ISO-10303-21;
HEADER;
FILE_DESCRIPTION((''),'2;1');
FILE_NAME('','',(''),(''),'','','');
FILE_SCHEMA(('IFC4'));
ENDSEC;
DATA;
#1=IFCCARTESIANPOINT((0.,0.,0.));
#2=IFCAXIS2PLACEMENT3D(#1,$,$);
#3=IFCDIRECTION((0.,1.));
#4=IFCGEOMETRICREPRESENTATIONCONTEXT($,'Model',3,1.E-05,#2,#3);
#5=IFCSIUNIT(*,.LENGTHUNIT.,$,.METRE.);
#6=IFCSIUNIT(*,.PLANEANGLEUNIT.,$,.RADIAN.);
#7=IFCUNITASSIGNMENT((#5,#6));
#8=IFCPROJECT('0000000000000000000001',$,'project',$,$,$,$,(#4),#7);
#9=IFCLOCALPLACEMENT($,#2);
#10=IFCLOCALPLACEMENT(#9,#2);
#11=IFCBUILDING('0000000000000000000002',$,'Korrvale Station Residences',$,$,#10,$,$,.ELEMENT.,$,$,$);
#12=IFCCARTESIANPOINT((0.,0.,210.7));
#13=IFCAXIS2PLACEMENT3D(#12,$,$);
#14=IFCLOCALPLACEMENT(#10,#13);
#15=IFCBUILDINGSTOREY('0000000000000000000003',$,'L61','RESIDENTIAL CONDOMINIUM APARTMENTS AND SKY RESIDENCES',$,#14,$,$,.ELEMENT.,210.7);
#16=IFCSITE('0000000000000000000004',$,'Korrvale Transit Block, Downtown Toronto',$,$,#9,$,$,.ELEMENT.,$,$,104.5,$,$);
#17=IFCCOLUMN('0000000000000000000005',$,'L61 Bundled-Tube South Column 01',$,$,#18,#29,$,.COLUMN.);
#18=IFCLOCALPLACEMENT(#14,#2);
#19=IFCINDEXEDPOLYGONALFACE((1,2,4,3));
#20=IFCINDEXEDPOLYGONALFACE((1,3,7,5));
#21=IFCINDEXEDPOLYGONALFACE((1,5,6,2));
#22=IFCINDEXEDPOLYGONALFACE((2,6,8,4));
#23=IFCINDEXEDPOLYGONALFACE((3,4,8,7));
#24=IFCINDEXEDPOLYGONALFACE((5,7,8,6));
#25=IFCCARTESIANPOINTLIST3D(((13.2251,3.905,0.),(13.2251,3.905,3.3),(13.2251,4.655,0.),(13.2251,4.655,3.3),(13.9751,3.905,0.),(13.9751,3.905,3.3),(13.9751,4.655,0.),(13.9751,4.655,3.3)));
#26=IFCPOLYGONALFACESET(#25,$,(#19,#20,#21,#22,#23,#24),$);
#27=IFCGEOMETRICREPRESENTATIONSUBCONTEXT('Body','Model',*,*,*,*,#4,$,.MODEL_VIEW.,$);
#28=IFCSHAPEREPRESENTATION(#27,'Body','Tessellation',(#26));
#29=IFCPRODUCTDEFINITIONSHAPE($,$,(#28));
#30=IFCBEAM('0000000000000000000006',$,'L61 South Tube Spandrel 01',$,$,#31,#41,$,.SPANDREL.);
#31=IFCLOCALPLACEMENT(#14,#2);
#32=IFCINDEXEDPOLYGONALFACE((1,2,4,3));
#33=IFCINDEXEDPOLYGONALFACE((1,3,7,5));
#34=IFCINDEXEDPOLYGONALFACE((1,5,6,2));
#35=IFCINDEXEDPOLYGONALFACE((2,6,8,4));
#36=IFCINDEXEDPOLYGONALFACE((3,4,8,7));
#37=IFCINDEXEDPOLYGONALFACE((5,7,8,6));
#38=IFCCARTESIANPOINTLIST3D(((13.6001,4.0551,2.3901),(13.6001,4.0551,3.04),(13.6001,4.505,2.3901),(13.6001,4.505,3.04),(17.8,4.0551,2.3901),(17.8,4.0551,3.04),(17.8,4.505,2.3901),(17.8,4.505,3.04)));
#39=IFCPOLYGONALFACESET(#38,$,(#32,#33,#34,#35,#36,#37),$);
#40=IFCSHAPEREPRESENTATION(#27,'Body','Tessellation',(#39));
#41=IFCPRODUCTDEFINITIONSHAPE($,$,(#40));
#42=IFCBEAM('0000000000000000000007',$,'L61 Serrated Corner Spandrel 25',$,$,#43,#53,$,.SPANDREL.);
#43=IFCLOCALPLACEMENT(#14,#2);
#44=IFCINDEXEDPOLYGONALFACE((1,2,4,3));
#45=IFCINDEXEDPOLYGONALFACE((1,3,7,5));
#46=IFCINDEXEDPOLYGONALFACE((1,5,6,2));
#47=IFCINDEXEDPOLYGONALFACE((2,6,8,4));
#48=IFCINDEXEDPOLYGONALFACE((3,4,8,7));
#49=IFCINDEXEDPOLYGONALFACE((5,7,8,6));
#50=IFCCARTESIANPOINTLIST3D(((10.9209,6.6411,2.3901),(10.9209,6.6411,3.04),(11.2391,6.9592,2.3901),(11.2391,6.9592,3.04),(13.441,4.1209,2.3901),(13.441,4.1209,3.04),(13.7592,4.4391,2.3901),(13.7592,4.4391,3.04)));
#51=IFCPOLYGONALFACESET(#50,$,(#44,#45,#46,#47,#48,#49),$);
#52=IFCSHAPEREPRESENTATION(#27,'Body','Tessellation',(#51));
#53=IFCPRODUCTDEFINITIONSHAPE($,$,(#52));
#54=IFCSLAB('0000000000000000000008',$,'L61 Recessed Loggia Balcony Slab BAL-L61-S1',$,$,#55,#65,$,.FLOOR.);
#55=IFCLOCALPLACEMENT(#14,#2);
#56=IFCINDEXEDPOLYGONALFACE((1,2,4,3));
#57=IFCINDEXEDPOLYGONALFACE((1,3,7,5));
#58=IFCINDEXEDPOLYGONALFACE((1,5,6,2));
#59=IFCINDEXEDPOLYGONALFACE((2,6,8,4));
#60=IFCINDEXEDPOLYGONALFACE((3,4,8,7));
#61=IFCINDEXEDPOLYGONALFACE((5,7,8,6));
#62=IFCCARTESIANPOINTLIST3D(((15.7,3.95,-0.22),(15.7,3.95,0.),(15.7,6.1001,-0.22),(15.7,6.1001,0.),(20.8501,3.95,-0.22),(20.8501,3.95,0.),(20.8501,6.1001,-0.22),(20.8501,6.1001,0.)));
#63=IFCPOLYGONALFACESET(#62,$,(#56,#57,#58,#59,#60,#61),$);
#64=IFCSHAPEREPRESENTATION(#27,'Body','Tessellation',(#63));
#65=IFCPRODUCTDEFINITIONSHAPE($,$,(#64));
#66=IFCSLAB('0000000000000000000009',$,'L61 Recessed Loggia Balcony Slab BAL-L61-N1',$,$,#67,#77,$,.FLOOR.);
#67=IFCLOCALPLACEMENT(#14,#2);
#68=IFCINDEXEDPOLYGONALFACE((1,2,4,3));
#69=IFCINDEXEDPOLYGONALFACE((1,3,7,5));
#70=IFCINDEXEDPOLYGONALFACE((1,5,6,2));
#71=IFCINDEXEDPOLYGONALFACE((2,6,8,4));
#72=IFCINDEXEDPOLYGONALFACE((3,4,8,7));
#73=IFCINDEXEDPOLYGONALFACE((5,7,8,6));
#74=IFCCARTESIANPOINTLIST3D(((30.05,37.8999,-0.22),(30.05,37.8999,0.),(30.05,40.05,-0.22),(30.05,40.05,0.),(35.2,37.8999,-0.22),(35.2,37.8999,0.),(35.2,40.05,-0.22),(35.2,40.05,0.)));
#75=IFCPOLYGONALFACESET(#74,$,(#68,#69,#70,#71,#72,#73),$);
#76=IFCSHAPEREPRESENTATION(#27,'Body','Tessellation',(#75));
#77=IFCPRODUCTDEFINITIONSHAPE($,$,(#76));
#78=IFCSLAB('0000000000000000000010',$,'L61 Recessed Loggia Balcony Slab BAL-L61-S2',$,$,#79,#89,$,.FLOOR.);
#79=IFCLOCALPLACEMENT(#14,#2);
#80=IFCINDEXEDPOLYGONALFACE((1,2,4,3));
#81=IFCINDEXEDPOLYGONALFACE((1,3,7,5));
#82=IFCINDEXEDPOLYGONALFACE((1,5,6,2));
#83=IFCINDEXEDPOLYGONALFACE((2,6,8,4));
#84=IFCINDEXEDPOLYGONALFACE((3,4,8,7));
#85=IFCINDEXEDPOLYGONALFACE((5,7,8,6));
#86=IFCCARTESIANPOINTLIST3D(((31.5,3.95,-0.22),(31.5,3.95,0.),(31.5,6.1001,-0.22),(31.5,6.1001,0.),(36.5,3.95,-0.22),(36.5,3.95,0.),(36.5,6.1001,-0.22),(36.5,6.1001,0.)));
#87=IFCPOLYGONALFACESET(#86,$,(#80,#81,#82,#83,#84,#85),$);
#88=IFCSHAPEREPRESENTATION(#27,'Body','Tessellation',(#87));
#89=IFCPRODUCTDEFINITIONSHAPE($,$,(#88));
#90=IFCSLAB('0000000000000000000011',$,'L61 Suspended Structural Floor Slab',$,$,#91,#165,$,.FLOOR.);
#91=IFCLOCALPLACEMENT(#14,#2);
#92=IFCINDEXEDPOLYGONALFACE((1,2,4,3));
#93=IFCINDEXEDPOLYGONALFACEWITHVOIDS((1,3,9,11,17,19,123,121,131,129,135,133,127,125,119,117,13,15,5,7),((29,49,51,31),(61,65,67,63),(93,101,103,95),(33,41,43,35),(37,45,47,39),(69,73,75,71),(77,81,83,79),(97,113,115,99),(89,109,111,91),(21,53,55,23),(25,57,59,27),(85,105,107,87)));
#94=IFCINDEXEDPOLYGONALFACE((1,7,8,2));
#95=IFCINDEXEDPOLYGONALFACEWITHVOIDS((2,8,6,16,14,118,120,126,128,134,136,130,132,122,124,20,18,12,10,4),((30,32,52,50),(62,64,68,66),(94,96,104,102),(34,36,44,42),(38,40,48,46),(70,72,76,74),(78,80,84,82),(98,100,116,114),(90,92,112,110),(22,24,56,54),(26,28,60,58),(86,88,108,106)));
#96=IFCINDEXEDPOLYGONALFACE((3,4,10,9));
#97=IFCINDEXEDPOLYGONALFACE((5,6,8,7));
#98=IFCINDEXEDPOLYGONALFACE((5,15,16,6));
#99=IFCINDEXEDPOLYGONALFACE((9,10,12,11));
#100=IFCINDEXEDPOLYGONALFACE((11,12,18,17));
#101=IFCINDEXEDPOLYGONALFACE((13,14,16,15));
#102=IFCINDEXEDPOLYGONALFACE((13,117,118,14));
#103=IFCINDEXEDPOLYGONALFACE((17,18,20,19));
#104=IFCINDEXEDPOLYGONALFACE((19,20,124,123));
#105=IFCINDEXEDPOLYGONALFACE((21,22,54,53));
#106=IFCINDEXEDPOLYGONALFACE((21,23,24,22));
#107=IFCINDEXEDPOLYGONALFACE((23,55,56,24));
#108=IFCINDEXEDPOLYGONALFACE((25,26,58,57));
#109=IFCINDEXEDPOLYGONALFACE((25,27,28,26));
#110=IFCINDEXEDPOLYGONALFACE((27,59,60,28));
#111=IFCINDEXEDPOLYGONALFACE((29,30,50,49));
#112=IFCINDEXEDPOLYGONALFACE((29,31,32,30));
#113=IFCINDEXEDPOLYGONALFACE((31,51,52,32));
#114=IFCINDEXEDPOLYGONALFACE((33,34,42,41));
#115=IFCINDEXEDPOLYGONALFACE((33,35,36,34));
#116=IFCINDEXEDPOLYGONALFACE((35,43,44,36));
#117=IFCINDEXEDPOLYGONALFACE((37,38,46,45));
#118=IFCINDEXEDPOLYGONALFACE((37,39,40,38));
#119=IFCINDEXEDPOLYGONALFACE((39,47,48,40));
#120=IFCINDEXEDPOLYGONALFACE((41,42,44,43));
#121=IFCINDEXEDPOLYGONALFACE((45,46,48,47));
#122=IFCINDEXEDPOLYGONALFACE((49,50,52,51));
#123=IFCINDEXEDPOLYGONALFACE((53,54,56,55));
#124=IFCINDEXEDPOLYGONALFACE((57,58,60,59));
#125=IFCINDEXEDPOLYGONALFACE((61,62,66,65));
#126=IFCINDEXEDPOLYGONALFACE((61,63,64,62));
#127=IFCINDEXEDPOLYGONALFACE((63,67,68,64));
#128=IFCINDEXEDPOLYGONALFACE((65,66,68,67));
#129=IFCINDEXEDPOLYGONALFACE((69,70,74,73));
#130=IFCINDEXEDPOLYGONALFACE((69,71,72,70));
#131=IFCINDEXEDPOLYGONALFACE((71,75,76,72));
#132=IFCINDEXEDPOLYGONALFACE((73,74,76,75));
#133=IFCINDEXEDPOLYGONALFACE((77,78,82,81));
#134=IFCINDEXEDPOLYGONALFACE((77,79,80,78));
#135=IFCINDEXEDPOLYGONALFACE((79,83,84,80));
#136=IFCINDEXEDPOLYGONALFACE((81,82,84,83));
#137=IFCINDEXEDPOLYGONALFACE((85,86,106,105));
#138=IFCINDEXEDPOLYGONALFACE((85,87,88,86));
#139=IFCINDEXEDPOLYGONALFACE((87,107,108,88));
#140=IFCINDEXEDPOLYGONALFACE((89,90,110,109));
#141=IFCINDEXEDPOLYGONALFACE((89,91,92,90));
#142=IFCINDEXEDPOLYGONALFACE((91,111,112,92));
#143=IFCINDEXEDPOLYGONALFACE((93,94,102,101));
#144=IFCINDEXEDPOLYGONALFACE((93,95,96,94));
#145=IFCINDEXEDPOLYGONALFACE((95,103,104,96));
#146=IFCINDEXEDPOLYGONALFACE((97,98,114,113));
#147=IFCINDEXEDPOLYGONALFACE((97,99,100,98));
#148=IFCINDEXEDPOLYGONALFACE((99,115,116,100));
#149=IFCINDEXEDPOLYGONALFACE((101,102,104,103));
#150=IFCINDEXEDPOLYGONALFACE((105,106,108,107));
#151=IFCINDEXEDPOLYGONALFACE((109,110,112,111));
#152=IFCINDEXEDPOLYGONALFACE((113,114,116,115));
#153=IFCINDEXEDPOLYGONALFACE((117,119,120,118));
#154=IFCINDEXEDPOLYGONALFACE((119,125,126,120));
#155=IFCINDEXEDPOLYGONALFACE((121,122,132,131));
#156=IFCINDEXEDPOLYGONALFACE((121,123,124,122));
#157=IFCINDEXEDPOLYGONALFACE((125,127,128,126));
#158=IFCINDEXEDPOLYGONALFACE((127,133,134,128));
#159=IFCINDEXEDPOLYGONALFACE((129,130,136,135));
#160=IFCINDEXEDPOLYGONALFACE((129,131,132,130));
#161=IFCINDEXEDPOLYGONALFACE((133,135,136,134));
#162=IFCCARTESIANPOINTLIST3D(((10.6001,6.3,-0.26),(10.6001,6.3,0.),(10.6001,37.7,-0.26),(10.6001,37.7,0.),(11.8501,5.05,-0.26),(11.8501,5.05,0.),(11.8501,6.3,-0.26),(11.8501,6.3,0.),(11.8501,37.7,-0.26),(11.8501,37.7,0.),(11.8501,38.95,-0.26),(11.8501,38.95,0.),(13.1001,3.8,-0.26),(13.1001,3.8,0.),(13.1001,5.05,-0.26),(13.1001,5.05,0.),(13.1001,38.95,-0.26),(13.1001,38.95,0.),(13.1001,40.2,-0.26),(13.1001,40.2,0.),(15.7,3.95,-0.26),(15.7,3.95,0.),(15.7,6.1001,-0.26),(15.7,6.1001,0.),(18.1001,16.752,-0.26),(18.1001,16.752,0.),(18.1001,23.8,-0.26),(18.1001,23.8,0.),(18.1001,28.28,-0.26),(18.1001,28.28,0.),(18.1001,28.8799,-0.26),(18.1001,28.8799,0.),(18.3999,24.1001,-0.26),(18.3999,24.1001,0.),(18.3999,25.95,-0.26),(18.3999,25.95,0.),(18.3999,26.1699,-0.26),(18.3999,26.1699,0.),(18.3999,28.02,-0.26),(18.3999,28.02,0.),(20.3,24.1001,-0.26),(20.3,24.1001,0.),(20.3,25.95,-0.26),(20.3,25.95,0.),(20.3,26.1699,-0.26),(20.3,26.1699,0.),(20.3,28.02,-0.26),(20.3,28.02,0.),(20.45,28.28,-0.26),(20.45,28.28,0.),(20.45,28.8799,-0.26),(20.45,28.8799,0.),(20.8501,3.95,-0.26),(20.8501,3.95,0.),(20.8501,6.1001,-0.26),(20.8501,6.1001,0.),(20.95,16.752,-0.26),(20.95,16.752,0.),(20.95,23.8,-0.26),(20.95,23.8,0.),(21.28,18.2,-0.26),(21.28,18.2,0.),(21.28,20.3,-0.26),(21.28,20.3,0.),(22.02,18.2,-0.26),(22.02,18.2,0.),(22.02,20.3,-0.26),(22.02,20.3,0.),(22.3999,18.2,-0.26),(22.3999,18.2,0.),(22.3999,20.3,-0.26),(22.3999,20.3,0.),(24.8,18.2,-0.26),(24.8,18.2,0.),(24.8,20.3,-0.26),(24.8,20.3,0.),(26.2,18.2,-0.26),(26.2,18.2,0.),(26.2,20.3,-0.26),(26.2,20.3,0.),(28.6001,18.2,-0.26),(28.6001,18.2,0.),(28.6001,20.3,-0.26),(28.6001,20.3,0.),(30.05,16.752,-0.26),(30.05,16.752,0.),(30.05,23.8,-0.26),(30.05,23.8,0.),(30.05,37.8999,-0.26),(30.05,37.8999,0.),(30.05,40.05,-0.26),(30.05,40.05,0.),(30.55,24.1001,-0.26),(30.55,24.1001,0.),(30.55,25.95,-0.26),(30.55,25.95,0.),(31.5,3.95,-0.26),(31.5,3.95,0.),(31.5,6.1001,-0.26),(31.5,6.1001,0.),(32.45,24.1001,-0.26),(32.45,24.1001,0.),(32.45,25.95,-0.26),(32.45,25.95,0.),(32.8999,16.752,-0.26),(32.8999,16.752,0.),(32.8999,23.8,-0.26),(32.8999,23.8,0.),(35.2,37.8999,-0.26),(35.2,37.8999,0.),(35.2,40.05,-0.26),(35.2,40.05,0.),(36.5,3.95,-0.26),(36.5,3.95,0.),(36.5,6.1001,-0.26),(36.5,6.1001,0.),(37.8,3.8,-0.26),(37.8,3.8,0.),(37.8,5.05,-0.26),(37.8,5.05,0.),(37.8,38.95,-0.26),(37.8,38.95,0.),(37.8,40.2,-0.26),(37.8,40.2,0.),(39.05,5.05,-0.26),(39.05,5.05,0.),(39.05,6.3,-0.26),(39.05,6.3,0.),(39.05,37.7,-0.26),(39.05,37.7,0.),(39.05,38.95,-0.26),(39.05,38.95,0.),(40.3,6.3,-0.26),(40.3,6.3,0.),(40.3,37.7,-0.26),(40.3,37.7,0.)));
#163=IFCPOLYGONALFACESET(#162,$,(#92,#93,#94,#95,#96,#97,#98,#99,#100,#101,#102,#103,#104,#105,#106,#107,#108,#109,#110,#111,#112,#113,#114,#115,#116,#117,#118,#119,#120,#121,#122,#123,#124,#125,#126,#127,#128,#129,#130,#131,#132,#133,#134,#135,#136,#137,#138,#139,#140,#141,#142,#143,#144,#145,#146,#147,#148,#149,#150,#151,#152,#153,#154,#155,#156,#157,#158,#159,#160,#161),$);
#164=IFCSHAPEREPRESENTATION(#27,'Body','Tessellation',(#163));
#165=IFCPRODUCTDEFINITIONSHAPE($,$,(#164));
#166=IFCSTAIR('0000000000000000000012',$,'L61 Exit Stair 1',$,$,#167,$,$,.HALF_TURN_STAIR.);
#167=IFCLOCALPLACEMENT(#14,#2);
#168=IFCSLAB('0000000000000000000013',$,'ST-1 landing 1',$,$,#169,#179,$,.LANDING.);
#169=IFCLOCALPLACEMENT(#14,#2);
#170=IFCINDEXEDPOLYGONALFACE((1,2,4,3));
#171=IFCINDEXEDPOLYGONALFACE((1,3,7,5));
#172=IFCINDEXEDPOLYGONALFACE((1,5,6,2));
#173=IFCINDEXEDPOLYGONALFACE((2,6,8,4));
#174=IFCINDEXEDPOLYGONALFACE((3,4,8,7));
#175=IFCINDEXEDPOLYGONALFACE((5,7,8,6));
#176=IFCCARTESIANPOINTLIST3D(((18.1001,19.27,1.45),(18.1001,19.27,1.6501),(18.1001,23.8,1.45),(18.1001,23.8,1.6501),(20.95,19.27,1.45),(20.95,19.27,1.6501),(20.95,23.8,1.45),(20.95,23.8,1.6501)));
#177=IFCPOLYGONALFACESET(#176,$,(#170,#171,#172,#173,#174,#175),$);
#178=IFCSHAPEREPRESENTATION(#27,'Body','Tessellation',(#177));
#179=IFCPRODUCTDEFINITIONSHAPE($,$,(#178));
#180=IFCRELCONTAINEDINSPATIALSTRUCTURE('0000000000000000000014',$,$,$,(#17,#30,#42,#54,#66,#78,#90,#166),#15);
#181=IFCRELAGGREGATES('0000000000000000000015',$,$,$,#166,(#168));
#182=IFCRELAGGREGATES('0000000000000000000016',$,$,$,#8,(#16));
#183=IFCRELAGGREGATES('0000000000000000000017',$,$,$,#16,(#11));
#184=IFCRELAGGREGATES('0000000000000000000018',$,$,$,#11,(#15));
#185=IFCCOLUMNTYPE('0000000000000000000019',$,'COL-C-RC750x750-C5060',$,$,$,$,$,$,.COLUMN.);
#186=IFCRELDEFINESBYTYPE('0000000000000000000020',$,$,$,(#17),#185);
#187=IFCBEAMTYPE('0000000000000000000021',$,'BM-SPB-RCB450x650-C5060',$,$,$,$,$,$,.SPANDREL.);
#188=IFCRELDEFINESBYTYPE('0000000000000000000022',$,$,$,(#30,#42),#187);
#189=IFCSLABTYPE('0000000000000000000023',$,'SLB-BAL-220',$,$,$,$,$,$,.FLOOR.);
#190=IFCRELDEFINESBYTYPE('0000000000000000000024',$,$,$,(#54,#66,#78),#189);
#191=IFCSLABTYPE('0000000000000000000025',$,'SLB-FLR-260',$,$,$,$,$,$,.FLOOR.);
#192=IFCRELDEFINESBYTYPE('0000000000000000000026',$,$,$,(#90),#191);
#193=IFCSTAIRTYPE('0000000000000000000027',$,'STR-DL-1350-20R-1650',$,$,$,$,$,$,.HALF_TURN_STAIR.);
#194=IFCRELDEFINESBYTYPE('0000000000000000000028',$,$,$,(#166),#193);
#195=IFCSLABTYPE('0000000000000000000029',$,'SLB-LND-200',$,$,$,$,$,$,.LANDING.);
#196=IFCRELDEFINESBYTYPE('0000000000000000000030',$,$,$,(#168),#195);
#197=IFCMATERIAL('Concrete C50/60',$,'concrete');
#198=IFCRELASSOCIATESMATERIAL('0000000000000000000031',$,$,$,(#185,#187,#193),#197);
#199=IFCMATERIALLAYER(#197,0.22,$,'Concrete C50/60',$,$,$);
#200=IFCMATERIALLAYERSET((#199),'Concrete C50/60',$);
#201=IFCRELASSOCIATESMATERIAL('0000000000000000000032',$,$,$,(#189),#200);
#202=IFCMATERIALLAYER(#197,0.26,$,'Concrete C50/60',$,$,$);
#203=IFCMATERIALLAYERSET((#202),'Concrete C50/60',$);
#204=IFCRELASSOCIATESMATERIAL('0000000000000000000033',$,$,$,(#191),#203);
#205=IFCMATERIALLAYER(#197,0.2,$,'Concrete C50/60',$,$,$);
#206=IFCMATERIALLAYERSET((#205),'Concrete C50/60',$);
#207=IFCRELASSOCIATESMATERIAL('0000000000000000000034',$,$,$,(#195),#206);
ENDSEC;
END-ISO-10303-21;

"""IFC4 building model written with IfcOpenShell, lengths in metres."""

from ifc_helpers import new_model, si_unit, direction, frame, origin, origin_2d, place, context, subcontext, project, spatial, polyline, rectangle, outline, extrude, material, layer, layer_set, material_profile, profile_set, type_object, element, aggregate, save


model = new_model("IFC4")

# Units and contexts
model_context = context("Model", 3, precision=1e-05, world=origin(), true_north=direction((0.0, 1.0)))
body_context = subcontext(model_context, "Body", "Model", "MODEL_VIEW")
ifc_project = project(units=[si_unit("LENGTHUNIT", "METRE"), si_unit("PLANEANGLEUNIT", "RADIAN")], contexts=[model_context])

# Site, building, storey
site_placement = place(None, origin())
site = spatial("IfcSite", under=ifc_project, at=site_placement, Name="Korrvale Transit Block, Downtown Toronto", CompositionType="ELEMENT", RefElevation=104.5)
building_placement = place(site_placement, origin())
building = spatial("IfcBuilding", under=site, at=building_placement, Name="Korrvale Station Residences", CompositionType="ELEMENT")
storey_placement = place(building_placement, frame((0.0, 0.0, 210.7)))
storey = spatial("IfcBuildingStorey", under=building, at=storey_placement, Name="L61", Description="RESIDENTIAL CONDOMINIUM APARTMENTS AND SKY RESIDENCES", CompositionType="ELEMENT", Elevation=210.7)

# Column
ifc_material_1 = material(Name="Concrete C50/60", Category="concrete")
ifc_material_profile_1 = material_profile(ifc_material_1, rectangle(XDim=0.75, YDim=0.75, at=origin_2d()), Name="RC750x750")
ifc_profile_set_1 = profile_set([ifc_material_profile_1], Name="Concrete C50/60")
column_type = type_object("IfcColumnType", Name="COL-C-RC750x750-C5060", PredefinedType="COLUMN", material=ifc_profile_set_1)
column_placement = place(storey_placement, frame((13.6001, 4.28, 0.0), z_axis=(0.0, 0.0, 1.0), x_axis=(1.0, 0.0, 0.0)))
element("IfcColumn", 1, at=column_placement, inside=storey, type_object=column_type, Name="L61 Bundled-Tube South Column 01", PredefinedType="COLUMN", context=body_context, shape_type="SweptSolid", body=[
    extrude(rectangle(XDim=0.75, YDim=0.75, at=origin_2d()), origin(), (0.0, 0.0, 1.0), 3.3),
])

# Beams
ifc_material_profile_2 = material_profile(ifc_material_1, rectangle(XDim=0.45, YDim=0.6499, at=origin_2d()), Name="RCB450x650")
ifc_profile_set_2 = profile_set([ifc_material_profile_2], Name="Concrete C50/60")
beam_type = type_object("IfcBeamType", Name="BM-SPB-RCB450x650-C5060", PredefinedType="SPANDREL", material=ifc_profile_set_2)
beam_1_placement = place(storey_placement, frame((13.6001, 4.28, 2.7151), z_axis=(1.0, 0.0, 0.0), x_axis=(0.0, 1.0, 0.0)))
element("IfcBeam", 2, at=beam_1_placement, inside=storey, type_object=beam_type, Name="L61 South Tube Spandrel 01", PredefinedType="SPANDREL", context=body_context, shape_type="SweptSolid", body=[
    extrude(rectangle(XDim=0.45, YDim=0.6499, at=origin_2d()), origin(), (0.0, 0.0, 1.0), 4.2),
])
beam_2_placement = place(storey_placement, frame((13.6001, 4.28, 2.7151), z_axis=(-0.707107, 0.707107, 0.0), x_axis=(-0.707107, -0.707107, 0.0)))
element("IfcBeam", 3, at=beam_2_placement, inside=storey, type_object=beam_type, Name="L61 Serrated Corner Spandrel 25", PredefinedType="SPANDREL", context=body_context, shape_type="SweptSolid", body=[
    extrude(rectangle(XDim=0.45, YDim=0.6499, at=origin_2d()), origin(), (0.0, 0.0, 1.0), 3.564),
])

# Slabs
ifc_layer_1 = layer(ifc_material_1, 0.22, Name="Concrete C50/60")
ifc_layer_set_1 = layer_set([ifc_layer_1], Name="Concrete C50/60")
slab_type_1 = type_object("IfcSlabType", Name="SLB-BAL-220", PredefinedType="FLOOR", material=ifc_layer_set_1)
slab_1_placement = place(storey_placement, frame((0.0, 0.0, -0.22)))
element("IfcSlab", 4, at=slab_1_placement, inside=storey, type_object=slab_type_1, Name="L61 Recessed Loggia Balcony Slab BAL-L61-S1", PredefinedType="FLOOR", context=body_context, shape_type="SweptSolid", body=[
    extrude(outline(polyline([(15.7, 3.95), (20.8501, 3.95), (20.8501, 6.1001), (15.7, 6.1001), (15.7, 3.95)])), origin(), (0.0, 0.0, 1.0), 0.22),
])
slab_2_placement = place(storey_placement, frame((0.0, 0.0, -0.22)))
element("IfcSlab", 5, at=slab_2_placement, inside=storey, type_object=slab_type_1, Name="L61 Recessed Loggia Balcony Slab BAL-L61-N1", PredefinedType="FLOOR", context=body_context, shape_type="SweptSolid", body=[
    extrude(outline(polyline([(30.05, 37.8999), (35.2, 37.8999), (35.2, 40.05), (30.05, 40.05), (30.05, 37.8999)])), origin(), (0.0, 0.0, 1.0), 0.22),
])
slab_3_placement = place(storey_placement, frame((0.0, 0.0, -0.22)))
element("IfcSlab", 6, at=slab_3_placement, inside=storey, type_object=slab_type_1, Name="L61 Recessed Loggia Balcony Slab BAL-L61-S2", PredefinedType="FLOOR", context=body_context, shape_type="SweptSolid", body=[
    extrude(outline(polyline([(31.5, 3.95), (36.5, 3.95), (36.5, 6.1001), (31.5, 6.1001), (31.5, 3.95)])), origin(), (0.0, 0.0, 1.0), 0.22),
])
ifc_layer_2 = layer(ifc_material_1, 0.26, Name="Concrete C50/60")
ifc_layer_set_2 = layer_set([ifc_layer_2], Name="Concrete C50/60")
slab_type_2 = type_object("IfcSlabType", Name="SLB-FLR-260", PredefinedType="FLOOR", material=ifc_layer_set_2)
slab_4_placement = place(storey_placement, frame((0.0, 0.0, -0.26)))
element("IfcSlab", 7, at=slab_4_placement, inside=storey, type_object=slab_type_2, Name="L61 Suspended Structural Floor Slab", PredefinedType="FLOOR", context=body_context, shape_type="SweptSolid", body=[
    extrude(outline(polyline([(13.1001, 3.8), (37.8, 3.8), (37.8, 5.05), (39.05, 5.05), (39.05, 6.3), (40.3, 6.3), (40.3, 37.7), (39.05, 37.7), (39.05, 38.95), (37.8, 38.95), (37.8, 40.2), (13.1001, 40.2), (13.1001, 38.95), (11.8501, 38.95), (11.8501, 37.7), (10.6001, 37.7), (10.6001, 6.3), (11.8501, 6.3), (11.8501, 5.05), (13.1001, 5.05), (13.1001, 3.8)]), holes=[polyline([(20.95, 16.752), (20.95, 23.8), (18.1001, 23.8), (18.1001, 16.752), (20.95, 16.752)]), polyline([(32.8999, 16.752), (32.8999, 23.8), (30.05, 23.8), (30.05, 16.752), (32.8999, 16.752)]), polyline([(18.3999, 24.1001), (20.3, 24.1001), (20.3, 25.95), (18.3999, 25.95), (18.3999, 24.1001)]), polyline([(18.3999, 26.1699), (20.3, 26.1699), (20.3, 28.02), (18.3999, 28.02), (18.3999, 26.1699)]), polyline([(30.55, 24.1001), (32.45, 24.1001), (32.45, 25.95), (30.55, 25.95), (30.55, 24.1001)]), polyline([(22.3999, 18.2), (24.8, 18.2), (24.8, 20.3), (22.3999, 20.3), (22.3999, 18.2)]), polyline([(26.2, 18.2), (28.6001, 18.2), (28.6001, 20.3), (26.2, 20.3), (26.2, 18.2)]), polyline([(18.1001, 28.28), (20.45, 28.28), (20.45, 28.8799), (18.1001, 28.8799), (18.1001, 28.28)]), polyline([(21.28, 18.2), (22.02, 18.2), (22.02, 20.3), (21.28, 20.3), (21.28, 18.2)]), polyline([(15.7, 3.95), (20.8501, 3.95), (20.8501, 6.1001), (15.7, 6.1001), (15.7, 3.95)]), polyline([(30.05, 37.8999), (35.2, 37.8999), (35.2, 40.05), (30.05, 40.05), (30.05, 37.8999)]), polyline([(31.5, 3.95), (36.5, 3.95), (36.5, 6.1001), (31.5, 6.1001), (31.5, 3.95)])]), origin(), (0.0, 0.0, 1.0), 0.26),
])

# Stair, slab
stair_type = type_object("IfcStairType", Name="STR-DL-1350-20R-1650", PredefinedType="HALF_TURN_STAIR", material=ifc_material_1)
stair_1_placement = place(storey_placement, origin())
stair_1 = element("IfcStair", 8, at=stair_1_placement, inside=storey, type_object=stair_type, Name="L61 Exit Stair 1", PredefinedType="HALF_TURN_STAIR")
ifc_layer_3 = layer(ifc_material_1, 0.2, Name="Concrete C50/60")
ifc_layer_set_3 = layer_set([ifc_layer_3], Name="Concrete C50/60")
slab_type_3 = type_object("IfcSlabType", Name="SLB-LND-200", PredefinedType="LANDING", material=ifc_layer_set_3)
slab_5_placement = place(storey_placement, frame((0.0, 0.0, 1.45)))
slab_5 = element("IfcSlab", 9, at=slab_5_placement, type_object=slab_type_3, Name="ST-1 landing 1", PredefinedType="LANDING", context=body_context, shape_type="SweptSolid", body=[
    extrude(outline(polyline([(20.95, 19.27), (20.95, 23.8), (18.1001, 23.8), (18.1001, 19.27), (20.95, 19.27)])), origin(), (0.0, 0.0, 1.0), 0.2002),
])
aggregate(stair_1, [slab_5])

save(model, "model.ifc")
